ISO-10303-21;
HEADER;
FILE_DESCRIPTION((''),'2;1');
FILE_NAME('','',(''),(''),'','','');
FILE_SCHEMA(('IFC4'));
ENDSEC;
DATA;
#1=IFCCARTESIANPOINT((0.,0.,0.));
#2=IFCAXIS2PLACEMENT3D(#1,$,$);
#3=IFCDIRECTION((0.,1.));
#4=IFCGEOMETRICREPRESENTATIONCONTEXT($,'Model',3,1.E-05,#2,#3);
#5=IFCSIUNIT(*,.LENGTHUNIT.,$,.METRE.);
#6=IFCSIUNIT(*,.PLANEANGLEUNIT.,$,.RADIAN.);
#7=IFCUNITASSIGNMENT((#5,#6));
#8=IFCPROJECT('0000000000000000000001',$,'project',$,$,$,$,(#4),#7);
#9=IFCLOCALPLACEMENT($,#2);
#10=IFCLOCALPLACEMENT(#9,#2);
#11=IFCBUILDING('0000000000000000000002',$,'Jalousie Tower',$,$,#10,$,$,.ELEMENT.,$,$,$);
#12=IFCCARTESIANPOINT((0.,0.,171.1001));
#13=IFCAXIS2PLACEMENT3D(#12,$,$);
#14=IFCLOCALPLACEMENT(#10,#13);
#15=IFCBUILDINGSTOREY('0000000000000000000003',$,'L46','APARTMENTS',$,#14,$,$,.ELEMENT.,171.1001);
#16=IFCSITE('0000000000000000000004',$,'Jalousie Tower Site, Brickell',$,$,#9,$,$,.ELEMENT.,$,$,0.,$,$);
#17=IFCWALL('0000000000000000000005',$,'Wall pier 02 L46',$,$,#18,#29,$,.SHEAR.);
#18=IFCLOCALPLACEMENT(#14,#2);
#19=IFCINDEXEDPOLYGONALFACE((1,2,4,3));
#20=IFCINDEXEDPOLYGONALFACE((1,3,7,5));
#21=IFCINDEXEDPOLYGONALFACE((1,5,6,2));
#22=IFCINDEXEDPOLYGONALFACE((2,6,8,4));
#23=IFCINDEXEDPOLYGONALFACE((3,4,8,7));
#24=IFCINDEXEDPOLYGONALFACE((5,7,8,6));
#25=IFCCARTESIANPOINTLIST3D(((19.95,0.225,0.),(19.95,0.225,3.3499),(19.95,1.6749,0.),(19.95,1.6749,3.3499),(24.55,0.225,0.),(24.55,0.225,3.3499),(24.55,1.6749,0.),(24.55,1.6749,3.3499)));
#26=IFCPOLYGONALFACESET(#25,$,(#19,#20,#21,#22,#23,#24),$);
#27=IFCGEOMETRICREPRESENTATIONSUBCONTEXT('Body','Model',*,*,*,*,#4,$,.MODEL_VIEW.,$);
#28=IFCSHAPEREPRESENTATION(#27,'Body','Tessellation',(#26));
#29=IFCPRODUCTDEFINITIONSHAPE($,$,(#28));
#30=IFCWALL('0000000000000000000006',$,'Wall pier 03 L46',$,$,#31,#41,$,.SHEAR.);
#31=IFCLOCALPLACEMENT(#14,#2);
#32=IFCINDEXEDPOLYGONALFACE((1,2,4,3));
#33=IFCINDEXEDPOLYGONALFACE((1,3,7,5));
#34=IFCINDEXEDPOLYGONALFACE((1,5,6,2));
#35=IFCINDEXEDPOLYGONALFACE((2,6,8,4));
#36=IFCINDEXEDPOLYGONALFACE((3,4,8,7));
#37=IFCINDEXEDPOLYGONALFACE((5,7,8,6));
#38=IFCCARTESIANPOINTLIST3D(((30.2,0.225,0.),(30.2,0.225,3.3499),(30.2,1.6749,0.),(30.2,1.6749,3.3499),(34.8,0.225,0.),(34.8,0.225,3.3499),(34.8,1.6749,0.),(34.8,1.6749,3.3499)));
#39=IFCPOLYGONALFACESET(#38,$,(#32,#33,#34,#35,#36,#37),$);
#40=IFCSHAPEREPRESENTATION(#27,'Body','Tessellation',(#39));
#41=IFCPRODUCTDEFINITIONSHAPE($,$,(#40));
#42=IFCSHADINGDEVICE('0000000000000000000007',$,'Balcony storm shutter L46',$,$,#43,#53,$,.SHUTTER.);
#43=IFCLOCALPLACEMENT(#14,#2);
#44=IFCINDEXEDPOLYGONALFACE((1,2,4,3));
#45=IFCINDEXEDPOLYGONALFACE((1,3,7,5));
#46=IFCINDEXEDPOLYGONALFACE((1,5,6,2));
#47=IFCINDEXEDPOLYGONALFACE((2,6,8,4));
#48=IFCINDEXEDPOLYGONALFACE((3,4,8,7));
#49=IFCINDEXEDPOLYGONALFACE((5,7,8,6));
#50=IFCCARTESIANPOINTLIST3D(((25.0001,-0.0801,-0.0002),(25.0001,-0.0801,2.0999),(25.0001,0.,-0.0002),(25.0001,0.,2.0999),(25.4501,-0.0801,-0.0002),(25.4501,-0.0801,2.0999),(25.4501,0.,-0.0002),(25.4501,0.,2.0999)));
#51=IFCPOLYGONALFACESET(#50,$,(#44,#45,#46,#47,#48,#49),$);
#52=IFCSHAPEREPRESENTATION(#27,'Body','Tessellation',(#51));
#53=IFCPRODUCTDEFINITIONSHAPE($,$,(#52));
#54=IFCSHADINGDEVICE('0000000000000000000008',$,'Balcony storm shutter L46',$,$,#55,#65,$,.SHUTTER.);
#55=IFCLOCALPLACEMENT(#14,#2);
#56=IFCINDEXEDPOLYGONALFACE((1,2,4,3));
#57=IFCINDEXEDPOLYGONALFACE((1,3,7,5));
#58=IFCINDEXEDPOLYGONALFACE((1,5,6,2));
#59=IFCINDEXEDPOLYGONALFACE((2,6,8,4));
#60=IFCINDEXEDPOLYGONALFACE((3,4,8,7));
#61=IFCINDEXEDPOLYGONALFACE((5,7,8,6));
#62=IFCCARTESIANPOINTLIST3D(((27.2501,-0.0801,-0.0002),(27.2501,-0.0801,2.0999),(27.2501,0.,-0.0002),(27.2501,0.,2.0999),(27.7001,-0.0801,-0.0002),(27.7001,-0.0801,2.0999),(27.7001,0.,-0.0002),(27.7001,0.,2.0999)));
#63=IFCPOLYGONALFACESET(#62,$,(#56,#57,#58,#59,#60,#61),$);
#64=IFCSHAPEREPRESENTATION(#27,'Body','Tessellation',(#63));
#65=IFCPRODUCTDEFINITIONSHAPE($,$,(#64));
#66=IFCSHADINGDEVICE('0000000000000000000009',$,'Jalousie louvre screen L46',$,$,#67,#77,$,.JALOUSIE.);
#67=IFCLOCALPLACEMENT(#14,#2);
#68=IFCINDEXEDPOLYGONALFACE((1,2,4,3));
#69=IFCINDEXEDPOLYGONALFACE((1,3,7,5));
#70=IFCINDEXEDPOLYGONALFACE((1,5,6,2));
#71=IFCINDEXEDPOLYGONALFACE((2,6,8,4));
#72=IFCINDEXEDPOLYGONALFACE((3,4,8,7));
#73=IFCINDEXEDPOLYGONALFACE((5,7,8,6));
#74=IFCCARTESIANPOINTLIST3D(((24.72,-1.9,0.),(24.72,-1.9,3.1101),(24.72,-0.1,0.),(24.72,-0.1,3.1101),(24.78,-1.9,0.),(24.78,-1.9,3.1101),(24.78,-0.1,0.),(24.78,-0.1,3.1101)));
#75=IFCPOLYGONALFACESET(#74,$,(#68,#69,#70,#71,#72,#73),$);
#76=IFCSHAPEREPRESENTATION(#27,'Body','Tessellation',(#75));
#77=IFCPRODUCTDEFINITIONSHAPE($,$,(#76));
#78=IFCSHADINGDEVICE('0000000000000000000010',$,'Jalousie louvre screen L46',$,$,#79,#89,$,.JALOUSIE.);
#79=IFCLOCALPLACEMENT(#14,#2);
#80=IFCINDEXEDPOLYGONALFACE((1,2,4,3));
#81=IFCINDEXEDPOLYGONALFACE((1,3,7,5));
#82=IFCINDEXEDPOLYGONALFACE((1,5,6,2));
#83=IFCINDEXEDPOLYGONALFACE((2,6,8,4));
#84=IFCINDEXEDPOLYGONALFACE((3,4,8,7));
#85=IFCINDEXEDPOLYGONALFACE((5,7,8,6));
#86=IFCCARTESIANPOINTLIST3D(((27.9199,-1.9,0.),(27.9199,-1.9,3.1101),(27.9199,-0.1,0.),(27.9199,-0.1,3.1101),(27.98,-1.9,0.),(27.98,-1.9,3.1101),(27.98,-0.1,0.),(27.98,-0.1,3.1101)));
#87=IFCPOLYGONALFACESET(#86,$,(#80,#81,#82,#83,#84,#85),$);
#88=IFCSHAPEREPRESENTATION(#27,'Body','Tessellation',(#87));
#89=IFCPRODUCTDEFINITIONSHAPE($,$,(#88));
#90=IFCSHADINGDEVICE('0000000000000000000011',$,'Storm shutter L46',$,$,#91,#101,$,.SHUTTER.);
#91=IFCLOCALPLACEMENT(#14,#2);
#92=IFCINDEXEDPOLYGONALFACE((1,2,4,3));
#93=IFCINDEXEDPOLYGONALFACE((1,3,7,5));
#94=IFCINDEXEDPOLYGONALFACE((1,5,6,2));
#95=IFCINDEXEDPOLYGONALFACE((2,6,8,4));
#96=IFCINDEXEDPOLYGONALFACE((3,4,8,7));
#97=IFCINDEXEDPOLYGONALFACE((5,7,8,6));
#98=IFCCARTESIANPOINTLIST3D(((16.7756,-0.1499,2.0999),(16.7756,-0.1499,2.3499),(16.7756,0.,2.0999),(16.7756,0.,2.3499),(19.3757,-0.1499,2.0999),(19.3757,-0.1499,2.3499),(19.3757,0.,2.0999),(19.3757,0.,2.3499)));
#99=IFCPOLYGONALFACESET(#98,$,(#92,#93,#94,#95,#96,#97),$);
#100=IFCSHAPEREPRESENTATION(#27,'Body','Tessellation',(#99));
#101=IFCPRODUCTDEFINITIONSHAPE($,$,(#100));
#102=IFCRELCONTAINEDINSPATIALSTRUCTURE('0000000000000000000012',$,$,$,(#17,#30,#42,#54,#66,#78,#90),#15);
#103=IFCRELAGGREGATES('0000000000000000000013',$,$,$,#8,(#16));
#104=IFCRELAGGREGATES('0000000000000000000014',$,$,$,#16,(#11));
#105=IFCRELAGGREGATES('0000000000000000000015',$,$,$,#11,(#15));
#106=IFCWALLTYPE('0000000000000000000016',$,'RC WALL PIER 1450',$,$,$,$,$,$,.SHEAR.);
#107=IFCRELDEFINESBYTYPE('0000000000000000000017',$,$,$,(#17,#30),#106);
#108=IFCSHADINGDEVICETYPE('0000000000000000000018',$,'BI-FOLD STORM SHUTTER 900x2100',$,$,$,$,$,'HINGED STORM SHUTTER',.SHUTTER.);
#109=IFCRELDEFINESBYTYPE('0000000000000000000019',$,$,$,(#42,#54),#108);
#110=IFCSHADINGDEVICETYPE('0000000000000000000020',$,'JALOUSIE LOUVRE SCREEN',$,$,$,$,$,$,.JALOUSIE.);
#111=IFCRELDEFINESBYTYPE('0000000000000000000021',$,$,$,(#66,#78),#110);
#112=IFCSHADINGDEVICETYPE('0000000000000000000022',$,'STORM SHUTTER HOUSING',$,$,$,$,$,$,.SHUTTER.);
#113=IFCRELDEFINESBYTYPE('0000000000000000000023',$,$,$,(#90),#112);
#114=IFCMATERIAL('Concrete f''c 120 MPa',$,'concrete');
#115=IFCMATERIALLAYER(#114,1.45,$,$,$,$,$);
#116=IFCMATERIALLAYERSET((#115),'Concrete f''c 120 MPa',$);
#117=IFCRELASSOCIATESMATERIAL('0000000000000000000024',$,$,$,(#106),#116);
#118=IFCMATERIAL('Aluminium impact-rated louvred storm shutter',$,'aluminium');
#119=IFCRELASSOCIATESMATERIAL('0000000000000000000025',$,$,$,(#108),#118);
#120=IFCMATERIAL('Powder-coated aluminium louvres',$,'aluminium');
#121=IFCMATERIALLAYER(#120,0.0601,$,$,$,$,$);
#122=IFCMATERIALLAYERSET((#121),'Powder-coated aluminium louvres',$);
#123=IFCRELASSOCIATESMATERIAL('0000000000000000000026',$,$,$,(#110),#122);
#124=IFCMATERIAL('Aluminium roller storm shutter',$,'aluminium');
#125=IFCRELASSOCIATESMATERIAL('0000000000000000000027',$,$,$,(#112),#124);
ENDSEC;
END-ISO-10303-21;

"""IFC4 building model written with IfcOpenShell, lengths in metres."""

from ifc_helpers import new_model, si_unit, direction, frame, frame_2d, origin, origin_2d, place, context, subcontext, project, spatial, rectangle, extrude, material, layer, layer_set, type_object, element, save


model = new_model("IFC4")

# Units and contexts
model_context = context("Model", 3, precision=1e-05, world=origin(), true_north=direction((0.0, 1.0)))
body_context = subcontext(model_context, "Body", "Model", "MODEL_VIEW")
ifc_project = project(units=[si_unit("LENGTHUNIT", "METRE"), si_unit("PLANEANGLEUNIT", "RADIAN")], contexts=[model_context])

# Site, building, storey
site_placement = place(None, origin())
site = spatial("IfcSite", under=ifc_project, at=site_placement, Name="Jalousie Tower Site, Brickell", CompositionType="ELEMENT", RefElevation=0.0)
building_placement = place(site_placement, origin())
building = spatial("IfcBuilding", under=site, at=building_placement, Name="Jalousie Tower", CompositionType="ELEMENT")
storey_placement = place(building_placement, frame((0.0, 0.0, 171.1001)))
storey = spatial("IfcBuildingStorey", under=building, at=storey_placement, Name="L46", Description="APARTMENTS", CompositionType="ELEMENT", Elevation=171.1001)

# Walls
ifc_material_1 = material(Name="Concrete f'c 120 MPa", Category="concrete")
ifc_layer_1 = layer(ifc_material_1, 1.45)
ifc_layer_set_1 = layer_set([ifc_layer_1], Name="Concrete f'c 120 MPa")
wall_type_1 = type_object("IfcWallType", Name="RC WALL PIER 1450", PredefinedType="SHEAR", material=ifc_layer_set_1)
for number, where, z_axis, x_axis, name in (
    (1, (19.95, 0.95, 0.0), (0.0, 0.0, 1.0), (1.0, 0.0, 0.0), "Wall pier 02 L46"),
    (2, (30.2, 0.95, 0.0), (0.0, 0.0, 1.0), (1.0, 0.0, 0.0), "Wall pier 03 L46"),
):
    element("IfcWall", number, at=place(storey_placement, frame(where, z_axis=z_axis, x_axis=x_axis)), inside=storey, type_object=wall_type_1, Name=name, PredefinedType="SHEAR", context=body_context, shape_type="SweptSolid", body=[
        extrude(rectangle(XDim=4.6001, YDim=1.45, at=frame_2d((2.3, 0.0))), origin(), (0.0, 0.0, 1.0), 3.3499),
    ])

# Shading devices
ifc_material_2 = material(Name="Aluminium impact-rated louvred storm shutter", Category="aluminium")
shading_device_type_1 = type_object("IfcShadingDeviceType", Name="BI-FOLD STORM SHUTTER 900x2100", ElementType="HINGED STORM SHUTTER", PredefinedType="SHUTTER", material=ifc_material_2)
for number, where, z_axis, x_axis, name in (
    (3, (25.2251, -0.04, -0.0002), (0.0, 0.0, 1.0), (1.0, 0.0, 0.0), "Balcony storm shutter L46"),
    (4, (27.4751, -0.04, -0.0002), (0.0, 0.0, 1.0), (1.0, 0.0, 0.0), "Balcony storm shutter L46"),
):
    element("IfcShadingDevice", number, at=place(storey_placement, frame(where, z_axis=z_axis, x_axis=x_axis)), inside=storey, type_object=shading_device_type_1, Name=name, PredefinedType="SHUTTER", context=body_context, shape_type="SweptSolid", body=[
        extrude(rectangle(XDim=0.45, YDim=0.0801, at=origin_2d()), origin(), (0.0, 0.0, 1.0), 2.1001),
    ])

# Shading devices
ifc_material_3 = material(Name="Powder-coated aluminium louvres", Category="aluminium")
ifc_layer_2 = layer(ifc_material_3, 0.0601)
ifc_layer_set_2 = layer_set([ifc_layer_2], Name="Powder-coated aluminium louvres")
shading_device_type_2 = type_object("IfcShadingDeviceType", Name="JALOUSIE LOUVRE SCREEN", PredefinedType="JALOUSIE", material=ifc_layer_set_2)
for number, where, z_axis, x_axis, name in (
    (5, (24.75, -1.0, 0.0), (0.0, 0.0, 1.0), (1.0, 0.0, 0.0), "Jalousie louvre screen L46"),
    (6, (27.95, -1.0, 0.0), (0.0, 0.0, 1.0), (1.0, 0.0, 0.0), "Jalousie louvre screen L46"),
):
    element("IfcShadingDevice", number, at=place(storey_placement, frame(where, z_axis=z_axis, x_axis=x_axis)), inside=storey, type_object=shading_device_type_2, Name=name, PredefinedType="JALOUSIE", context=body_context, shape_type="SweptSolid", body=[
        extrude(rectangle(XDim=0.0601, YDim=1.8, at=origin_2d()), origin(), (0.0, 0.0, 1.0), 3.1101),
    ])
ifc_material_4 = material(Name="Aluminium roller storm shutter", Category="aluminium")
shading_device_type_3 = type_object("IfcShadingDeviceType", Name="STORM SHUTTER HOUSING", PredefinedType="SHUTTER", material=ifc_material_4)
shading_device_placement = place(storey_placement, frame((18.0757, -0.075, 2.0999), z_axis=(0.0, 0.0, 1.0), x_axis=(1.0, 0.0, 0.0)))
element("IfcShadingDevice", 7, at=shading_device_placement, inside=storey, type_object=shading_device_type_3, Name="Storm shutter L46", PredefinedType="SHUTTER", context=body_context, shape_type="SweptSolid", body=[
    extrude(rectangle(XDim=2.6001, YDim=0.1499, at=origin_2d()), origin(), (0.0, 0.0, 1.0), 0.25),
])

save(model, "model.ifc")
